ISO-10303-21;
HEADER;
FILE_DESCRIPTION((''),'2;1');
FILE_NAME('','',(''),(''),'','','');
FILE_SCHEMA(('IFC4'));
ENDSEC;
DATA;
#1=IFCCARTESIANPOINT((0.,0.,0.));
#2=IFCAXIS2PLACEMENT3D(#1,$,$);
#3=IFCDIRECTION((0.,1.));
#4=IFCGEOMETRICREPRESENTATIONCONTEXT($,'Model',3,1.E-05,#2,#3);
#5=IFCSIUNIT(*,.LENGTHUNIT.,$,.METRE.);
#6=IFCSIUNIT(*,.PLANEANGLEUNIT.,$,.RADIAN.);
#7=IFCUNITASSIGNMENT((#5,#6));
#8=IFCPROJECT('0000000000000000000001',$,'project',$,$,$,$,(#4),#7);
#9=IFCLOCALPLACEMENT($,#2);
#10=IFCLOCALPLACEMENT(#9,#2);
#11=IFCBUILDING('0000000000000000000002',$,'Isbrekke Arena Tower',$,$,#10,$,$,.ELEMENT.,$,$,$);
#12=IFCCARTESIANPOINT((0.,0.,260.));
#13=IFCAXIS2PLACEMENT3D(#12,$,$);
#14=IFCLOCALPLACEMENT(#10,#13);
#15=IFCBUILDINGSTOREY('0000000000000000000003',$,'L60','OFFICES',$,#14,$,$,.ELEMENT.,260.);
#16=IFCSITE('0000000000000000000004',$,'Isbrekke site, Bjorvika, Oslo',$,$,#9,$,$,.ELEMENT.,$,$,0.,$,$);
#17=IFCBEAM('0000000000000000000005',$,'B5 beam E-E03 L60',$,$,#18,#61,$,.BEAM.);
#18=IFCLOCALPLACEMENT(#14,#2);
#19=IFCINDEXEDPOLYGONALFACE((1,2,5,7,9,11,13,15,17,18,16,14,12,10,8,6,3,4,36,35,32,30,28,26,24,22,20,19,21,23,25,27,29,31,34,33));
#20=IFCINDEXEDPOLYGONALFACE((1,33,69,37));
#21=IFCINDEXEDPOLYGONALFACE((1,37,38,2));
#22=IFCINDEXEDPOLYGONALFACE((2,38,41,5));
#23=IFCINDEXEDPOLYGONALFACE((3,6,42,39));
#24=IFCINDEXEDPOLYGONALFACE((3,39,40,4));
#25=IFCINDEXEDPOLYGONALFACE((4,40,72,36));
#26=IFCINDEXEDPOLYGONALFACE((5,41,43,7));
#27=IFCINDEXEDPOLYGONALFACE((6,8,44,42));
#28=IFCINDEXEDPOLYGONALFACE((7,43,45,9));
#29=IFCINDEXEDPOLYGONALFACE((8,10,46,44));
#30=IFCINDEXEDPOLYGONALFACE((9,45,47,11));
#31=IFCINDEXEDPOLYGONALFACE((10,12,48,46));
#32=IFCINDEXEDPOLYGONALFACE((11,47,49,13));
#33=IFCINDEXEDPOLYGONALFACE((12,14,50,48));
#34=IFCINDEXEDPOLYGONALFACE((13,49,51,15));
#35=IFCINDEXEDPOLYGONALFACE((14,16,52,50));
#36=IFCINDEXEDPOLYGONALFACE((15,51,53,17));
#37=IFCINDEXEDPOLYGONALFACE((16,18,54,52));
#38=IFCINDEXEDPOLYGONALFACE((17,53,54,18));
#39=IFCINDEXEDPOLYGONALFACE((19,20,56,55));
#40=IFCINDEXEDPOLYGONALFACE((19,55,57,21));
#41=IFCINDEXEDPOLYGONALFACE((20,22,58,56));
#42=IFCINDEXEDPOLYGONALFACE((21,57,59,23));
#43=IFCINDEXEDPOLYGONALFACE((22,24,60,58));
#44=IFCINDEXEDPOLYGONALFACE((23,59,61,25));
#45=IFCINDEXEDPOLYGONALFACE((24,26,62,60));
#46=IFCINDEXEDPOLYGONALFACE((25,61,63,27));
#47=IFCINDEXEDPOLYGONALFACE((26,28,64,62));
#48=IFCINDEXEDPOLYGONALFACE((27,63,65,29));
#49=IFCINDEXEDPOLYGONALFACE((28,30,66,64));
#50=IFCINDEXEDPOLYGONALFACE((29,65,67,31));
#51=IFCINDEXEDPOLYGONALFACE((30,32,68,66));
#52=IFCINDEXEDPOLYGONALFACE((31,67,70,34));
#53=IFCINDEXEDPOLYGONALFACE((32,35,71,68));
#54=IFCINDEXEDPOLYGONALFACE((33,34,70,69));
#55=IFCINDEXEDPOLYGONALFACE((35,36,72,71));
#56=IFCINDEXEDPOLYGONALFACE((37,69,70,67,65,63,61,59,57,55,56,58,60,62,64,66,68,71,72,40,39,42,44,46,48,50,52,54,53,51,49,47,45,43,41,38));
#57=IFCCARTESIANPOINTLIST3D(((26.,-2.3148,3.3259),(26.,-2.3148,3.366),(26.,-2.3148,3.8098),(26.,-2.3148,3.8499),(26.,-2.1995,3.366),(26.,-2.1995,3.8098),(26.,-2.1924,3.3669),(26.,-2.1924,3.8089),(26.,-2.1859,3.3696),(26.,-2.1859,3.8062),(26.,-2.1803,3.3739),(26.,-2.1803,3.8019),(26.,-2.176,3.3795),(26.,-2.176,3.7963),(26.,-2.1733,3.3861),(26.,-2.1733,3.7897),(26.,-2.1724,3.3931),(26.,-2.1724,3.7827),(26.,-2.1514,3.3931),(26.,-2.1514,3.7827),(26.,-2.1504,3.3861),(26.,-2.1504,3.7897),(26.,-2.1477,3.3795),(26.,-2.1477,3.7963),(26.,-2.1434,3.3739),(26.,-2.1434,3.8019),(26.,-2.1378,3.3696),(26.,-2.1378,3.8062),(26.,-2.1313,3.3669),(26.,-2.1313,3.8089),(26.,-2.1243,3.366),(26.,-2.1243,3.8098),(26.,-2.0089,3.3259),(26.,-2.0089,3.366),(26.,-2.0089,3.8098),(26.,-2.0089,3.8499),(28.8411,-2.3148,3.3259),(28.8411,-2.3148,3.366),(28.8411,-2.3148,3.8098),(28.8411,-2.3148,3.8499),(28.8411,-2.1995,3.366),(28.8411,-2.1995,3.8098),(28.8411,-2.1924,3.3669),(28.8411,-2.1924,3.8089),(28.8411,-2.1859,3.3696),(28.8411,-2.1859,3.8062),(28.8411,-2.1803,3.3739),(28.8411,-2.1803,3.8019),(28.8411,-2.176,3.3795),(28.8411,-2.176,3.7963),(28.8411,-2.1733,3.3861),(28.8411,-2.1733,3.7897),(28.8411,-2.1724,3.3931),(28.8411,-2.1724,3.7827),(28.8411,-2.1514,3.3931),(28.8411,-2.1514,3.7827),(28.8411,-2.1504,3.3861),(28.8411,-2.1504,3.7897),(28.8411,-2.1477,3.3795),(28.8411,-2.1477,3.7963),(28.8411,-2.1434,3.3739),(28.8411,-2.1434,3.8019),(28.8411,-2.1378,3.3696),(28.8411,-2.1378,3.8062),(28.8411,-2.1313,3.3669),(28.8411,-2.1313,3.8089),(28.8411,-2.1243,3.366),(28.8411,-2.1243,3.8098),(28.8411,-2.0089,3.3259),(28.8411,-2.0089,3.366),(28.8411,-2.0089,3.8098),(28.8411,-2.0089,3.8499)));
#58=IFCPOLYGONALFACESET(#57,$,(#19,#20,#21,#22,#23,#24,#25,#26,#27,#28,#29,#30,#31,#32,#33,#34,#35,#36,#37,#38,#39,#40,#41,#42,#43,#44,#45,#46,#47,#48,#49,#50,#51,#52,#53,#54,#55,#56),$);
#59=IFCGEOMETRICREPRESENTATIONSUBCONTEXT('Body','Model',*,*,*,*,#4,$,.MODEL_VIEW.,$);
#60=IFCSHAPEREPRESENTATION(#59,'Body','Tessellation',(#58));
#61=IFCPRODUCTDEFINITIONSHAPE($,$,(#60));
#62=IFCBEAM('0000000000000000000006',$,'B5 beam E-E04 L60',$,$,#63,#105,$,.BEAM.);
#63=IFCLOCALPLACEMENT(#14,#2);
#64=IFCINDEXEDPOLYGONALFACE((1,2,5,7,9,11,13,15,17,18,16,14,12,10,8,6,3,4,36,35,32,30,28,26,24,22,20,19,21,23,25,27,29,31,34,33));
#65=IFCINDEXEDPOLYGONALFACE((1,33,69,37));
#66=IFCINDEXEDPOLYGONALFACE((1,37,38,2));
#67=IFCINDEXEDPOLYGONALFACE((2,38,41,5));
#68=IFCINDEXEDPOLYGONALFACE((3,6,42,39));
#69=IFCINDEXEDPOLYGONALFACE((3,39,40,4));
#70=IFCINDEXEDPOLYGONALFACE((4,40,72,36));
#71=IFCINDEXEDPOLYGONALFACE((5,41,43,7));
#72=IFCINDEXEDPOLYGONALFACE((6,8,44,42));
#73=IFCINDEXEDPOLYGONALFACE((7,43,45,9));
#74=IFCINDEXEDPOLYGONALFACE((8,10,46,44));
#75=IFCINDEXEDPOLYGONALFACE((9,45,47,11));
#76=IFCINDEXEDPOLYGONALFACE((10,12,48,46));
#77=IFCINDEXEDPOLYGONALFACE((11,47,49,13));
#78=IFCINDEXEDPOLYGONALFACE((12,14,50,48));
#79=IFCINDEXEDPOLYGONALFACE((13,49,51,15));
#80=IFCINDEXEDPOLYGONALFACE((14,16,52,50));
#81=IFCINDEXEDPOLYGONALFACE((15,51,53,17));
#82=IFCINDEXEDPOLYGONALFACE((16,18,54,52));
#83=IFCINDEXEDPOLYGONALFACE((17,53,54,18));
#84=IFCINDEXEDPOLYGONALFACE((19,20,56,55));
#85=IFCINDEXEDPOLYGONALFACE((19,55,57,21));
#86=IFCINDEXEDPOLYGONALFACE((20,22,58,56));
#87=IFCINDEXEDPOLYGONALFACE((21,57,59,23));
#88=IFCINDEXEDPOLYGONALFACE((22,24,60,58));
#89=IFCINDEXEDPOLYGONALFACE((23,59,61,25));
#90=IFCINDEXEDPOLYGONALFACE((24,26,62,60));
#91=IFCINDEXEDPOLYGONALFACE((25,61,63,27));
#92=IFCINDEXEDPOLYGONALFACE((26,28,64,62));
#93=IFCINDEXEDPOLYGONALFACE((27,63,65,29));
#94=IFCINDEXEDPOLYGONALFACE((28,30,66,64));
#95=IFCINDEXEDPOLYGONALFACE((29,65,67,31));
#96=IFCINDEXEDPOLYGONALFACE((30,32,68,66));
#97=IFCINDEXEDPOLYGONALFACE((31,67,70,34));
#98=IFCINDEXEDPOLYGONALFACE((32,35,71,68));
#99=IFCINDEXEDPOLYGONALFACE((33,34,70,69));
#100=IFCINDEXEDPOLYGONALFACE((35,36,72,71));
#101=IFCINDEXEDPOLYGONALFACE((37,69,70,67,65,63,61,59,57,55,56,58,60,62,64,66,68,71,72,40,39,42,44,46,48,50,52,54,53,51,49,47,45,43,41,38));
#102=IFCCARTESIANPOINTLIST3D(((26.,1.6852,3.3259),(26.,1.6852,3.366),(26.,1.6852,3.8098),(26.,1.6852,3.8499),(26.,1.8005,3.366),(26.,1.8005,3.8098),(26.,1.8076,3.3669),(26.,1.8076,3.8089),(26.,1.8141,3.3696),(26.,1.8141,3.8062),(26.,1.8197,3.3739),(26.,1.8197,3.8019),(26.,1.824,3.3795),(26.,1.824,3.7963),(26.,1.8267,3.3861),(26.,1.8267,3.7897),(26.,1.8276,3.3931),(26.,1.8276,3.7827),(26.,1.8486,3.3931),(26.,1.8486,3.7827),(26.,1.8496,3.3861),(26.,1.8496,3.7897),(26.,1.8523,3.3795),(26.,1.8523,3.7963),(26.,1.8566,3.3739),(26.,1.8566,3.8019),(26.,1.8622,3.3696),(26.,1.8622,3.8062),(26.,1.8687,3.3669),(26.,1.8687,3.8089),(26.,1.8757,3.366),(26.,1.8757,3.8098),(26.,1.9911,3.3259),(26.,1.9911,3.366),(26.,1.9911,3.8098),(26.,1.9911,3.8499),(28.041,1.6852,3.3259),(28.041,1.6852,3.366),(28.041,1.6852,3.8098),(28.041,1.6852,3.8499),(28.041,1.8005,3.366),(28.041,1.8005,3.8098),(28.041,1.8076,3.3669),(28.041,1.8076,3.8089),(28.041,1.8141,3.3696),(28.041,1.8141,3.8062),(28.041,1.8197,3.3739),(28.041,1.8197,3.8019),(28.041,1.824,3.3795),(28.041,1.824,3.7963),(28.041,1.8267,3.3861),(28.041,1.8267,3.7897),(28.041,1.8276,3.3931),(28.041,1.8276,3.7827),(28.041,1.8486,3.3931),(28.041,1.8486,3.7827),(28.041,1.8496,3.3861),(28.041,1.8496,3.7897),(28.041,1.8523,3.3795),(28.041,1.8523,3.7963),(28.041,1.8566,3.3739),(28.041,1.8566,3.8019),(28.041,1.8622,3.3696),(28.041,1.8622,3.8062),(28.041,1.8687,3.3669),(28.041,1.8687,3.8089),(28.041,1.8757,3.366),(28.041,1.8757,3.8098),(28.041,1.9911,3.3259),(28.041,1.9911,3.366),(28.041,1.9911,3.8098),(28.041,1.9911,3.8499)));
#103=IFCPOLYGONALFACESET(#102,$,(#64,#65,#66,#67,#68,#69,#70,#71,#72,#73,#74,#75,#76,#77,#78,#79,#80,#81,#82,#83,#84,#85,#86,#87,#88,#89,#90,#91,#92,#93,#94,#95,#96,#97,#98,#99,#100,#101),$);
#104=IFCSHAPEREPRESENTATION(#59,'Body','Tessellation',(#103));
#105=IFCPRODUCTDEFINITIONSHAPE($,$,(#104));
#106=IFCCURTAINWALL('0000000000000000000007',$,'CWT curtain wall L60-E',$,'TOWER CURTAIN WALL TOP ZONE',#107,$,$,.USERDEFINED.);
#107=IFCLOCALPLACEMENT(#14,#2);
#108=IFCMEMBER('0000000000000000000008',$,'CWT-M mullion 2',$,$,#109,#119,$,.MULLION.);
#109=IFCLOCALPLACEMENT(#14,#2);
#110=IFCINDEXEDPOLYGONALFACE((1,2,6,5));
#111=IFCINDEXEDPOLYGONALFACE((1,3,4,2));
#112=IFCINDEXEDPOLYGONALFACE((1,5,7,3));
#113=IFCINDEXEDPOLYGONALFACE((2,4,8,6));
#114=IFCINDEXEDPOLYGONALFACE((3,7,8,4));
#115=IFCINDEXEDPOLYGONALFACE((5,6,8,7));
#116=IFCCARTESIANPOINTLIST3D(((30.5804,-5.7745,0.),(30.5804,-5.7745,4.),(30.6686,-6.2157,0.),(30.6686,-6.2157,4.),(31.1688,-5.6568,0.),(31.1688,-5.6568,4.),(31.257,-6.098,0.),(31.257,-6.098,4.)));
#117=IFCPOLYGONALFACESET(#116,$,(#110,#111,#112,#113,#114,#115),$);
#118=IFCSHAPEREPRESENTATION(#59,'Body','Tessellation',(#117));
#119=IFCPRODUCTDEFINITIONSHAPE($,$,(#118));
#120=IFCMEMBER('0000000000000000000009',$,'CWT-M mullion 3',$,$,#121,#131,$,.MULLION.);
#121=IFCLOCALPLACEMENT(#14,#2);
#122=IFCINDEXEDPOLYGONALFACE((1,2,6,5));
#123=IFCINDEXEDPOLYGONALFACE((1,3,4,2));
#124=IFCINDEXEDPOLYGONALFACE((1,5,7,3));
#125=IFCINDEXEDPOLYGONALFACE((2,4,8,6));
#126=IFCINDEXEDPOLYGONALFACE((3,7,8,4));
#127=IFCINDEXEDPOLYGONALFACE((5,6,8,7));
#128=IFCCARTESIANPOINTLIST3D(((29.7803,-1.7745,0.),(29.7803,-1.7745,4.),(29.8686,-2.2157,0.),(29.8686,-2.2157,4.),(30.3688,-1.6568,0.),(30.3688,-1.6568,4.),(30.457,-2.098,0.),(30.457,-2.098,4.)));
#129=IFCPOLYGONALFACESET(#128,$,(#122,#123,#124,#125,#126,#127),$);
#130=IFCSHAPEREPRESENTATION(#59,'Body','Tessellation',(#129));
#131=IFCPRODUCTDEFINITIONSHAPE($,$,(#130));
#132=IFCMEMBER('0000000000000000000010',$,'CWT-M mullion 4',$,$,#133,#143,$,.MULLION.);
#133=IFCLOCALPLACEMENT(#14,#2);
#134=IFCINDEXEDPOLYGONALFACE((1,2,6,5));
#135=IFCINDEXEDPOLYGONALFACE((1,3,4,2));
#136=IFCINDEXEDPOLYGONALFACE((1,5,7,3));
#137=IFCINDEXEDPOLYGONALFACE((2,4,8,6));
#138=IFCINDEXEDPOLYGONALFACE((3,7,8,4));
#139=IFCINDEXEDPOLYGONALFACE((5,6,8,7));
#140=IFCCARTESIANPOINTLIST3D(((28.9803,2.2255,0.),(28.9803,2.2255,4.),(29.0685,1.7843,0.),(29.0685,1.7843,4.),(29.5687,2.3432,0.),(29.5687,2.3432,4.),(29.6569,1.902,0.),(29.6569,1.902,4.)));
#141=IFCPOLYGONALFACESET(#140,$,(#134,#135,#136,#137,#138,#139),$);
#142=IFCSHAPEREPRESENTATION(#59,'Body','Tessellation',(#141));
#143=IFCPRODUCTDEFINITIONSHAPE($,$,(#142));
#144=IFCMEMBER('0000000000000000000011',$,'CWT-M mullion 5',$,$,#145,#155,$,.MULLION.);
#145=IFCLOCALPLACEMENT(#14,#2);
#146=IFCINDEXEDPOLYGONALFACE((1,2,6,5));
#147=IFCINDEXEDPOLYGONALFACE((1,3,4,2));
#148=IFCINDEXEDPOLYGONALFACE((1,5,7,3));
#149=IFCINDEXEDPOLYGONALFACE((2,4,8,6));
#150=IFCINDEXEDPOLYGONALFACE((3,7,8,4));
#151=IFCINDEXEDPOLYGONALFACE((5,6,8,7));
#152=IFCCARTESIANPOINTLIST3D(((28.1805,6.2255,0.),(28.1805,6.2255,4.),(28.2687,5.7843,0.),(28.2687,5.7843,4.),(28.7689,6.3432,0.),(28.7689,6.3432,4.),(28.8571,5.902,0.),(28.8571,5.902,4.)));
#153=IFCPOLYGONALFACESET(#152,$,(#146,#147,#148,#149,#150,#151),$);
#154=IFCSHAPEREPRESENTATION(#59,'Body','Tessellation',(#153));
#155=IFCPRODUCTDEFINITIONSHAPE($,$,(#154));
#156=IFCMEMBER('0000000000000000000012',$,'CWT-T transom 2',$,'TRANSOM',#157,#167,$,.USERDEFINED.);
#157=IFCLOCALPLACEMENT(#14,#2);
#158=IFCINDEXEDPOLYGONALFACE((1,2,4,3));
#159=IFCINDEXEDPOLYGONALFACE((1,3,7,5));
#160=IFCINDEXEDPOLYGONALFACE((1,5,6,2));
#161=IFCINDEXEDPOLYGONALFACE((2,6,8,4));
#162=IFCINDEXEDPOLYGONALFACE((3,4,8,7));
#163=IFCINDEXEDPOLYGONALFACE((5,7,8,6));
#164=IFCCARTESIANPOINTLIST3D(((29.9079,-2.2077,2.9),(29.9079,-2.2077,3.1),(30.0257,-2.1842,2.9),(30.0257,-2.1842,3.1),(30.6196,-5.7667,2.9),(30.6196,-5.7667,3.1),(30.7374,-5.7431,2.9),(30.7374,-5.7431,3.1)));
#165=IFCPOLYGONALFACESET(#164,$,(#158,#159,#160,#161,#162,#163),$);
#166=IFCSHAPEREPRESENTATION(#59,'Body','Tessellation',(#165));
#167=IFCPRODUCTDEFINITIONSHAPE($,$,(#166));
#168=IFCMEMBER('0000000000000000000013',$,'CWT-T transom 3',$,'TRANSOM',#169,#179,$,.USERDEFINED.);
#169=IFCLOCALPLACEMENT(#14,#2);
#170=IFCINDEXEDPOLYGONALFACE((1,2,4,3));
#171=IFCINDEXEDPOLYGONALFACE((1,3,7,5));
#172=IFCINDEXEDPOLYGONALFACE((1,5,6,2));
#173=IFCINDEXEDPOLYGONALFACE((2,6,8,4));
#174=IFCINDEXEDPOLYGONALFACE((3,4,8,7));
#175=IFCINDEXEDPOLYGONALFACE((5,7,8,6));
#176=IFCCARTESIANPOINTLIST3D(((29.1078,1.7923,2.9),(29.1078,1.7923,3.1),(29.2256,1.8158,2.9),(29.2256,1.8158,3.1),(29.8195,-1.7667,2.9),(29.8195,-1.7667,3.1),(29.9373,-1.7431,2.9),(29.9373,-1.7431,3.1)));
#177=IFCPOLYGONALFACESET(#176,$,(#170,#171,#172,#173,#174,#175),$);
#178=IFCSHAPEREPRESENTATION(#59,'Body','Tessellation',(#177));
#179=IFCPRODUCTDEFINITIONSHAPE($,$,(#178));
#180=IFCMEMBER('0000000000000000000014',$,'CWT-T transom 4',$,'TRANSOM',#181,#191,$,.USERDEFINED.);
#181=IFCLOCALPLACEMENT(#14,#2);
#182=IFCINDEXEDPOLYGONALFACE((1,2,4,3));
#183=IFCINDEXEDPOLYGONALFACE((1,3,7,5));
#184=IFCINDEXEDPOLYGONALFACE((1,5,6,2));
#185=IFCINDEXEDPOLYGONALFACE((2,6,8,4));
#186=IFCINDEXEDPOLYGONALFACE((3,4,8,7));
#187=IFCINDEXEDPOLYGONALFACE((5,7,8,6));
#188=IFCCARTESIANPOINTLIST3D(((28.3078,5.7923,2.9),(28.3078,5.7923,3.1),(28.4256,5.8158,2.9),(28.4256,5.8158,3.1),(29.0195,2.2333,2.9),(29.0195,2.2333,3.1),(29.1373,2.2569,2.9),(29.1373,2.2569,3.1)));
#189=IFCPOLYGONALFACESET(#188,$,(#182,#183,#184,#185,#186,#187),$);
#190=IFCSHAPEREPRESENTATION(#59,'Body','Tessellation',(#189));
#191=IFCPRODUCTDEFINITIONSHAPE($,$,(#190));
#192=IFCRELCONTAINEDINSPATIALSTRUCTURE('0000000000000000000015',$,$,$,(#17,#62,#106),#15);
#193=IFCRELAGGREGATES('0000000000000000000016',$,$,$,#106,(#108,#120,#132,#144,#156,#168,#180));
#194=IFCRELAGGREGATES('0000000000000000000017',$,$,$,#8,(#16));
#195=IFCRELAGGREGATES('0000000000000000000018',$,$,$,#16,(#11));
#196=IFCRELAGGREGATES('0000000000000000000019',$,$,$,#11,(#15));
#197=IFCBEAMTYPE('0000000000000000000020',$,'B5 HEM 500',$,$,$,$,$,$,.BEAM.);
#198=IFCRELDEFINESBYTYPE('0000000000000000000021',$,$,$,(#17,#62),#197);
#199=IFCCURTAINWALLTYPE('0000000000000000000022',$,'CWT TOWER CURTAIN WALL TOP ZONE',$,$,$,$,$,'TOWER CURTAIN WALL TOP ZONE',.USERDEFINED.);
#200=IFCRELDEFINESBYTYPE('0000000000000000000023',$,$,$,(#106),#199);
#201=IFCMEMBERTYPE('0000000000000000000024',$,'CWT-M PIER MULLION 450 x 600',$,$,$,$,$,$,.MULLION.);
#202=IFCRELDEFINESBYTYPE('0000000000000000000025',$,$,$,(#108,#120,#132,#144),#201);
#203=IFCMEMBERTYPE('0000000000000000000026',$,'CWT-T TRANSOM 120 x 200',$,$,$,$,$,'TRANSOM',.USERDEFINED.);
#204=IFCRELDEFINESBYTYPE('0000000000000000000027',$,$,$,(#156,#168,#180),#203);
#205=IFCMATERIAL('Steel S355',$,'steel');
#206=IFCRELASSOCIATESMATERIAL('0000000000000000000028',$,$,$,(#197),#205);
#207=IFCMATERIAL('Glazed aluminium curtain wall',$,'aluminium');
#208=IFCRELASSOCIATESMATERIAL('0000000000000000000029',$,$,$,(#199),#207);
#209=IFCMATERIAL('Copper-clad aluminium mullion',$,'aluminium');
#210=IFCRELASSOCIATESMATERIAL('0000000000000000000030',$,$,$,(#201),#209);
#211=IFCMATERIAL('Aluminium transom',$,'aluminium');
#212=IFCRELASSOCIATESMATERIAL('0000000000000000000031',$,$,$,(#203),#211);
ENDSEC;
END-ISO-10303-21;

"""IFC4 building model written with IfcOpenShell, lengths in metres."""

from ifc_helpers import new_model, si_unit, direction, frame, origin, origin_2d, place, context, subcontext, project, spatial, rectangle, i_section, extrude, material, material_profile, profile_set, type_object, element, aggregate, save


model = new_model("IFC4")

# Units and contexts
model_context = context("Model", 3, precision=1e-05, world=origin(), true_north=direction((0.0, 1.0)))
body_context = subcontext(model_context, "Body", "Model", "MODEL_VIEW")
ifc_project = project(units=[si_unit("LENGTHUNIT", "METRE"), si_unit("PLANEANGLEUNIT", "RADIAN")], contexts=[model_context])

# Site, building, storey
site_placement = place(None, origin())
site = spatial("IfcSite", under=ifc_project, at=site_placement, Name="Isbrekke site, Bjorvika, Oslo", CompositionType="ELEMENT", RefElevation=0.0)
building_placement = place(site_placement, origin())
building = spatial("IfcBuilding", under=site, at=building_placement, Name="Isbrekke Arena Tower", CompositionType="ELEMENT")
storey_placement = place(building_placement, frame((0.0, 0.0, 260.0)))
storey = spatial("IfcBuildingStorey", under=building, at=storey_placement, Name="L60", Description="OFFICES", CompositionType="ELEMENT", Elevation=260.0)

# Beams
ifc_material_1 = material(Name="Steel S355", Category="steel")
ifc_material_profile_1 = material_profile(ifc_material_1, i_section(OverallWidth=0.3059, OverallDepth=0.5239, WebThickness=0.021, FlangeThickness=0.04, FilletRadius=0.0271, at=origin_2d()), Name="HEM 500")
ifc_profile_set_1 = profile_set([ifc_material_profile_1], Name="Steel S355")
beam_type_1 = type_object("IfcBeamType", Name="B5 HEM 500", PredefinedType="BEAM", material=ifc_profile_set_1)
beam_1_placement = place(storey_placement, frame((28.8411, -2.1619, 3.5879), z_axis=(-1.0, 0.0, 0.0), x_axis=(0.0, -1.0, 0.0)))
element("IfcBeam", 1, at=beam_1_placement, inside=storey, type_object=beam_type_1, Name="B5 beam E-E03 L60", PredefinedType="BEAM", context=body_context, shape_type="SweptSolid", body=[
    extrude(i_section(OverallWidth=0.3059, OverallDepth=0.5239, WebThickness=0.021, FlangeThickness=0.04, FilletRadius=0.0271, at=origin_2d()), origin(), (0.0, 0.0, 1.0), 2.8411),
])
beam_2_placement = place(storey_placement, frame((28.041, 1.8381, 3.5879), z_axis=(-1.0, 0.0, 0.0), x_axis=(0.0, -1.0, 0.0)))
element("IfcBeam", 2, at=beam_2_placement, inside=storey, type_object=beam_type_1, Name="B5 beam E-E04 L60", PredefinedType="BEAM", context=body_context, shape_type="SweptSolid", body=[
    extrude(i_section(OverallWidth=0.3059, OverallDepth=0.5239, WebThickness=0.021, FlangeThickness=0.04, FilletRadius=0.0271, at=origin_2d()), origin(), (0.0, 0.0, 1.0), 2.041),
])

# Curtain wall, members
ifc_material_2 = material(Name="Glazed aluminium curtain wall", Category="aluminium")
curtain_wall_type = type_object("IfcCurtainWallType", Name="CWT TOWER CURTAIN WALL TOP ZONE", ElementType="TOWER CURTAIN WALL TOP ZONE", PredefinedType="USERDEFINED", material=ifc_material_2)
curtain_wall_placement = place(storey_placement, origin())
curtain_wall = element("IfcCurtainWall", 3, at=curtain_wall_placement, inside=storey, type_object=curtain_wall_type, Name="CWT curtain wall L60-E", ObjectType="TOWER CURTAIN WALL TOP ZONE", PredefinedType="USERDEFINED")
ifc_material_3 = material(Name="Copper-clad aluminium mullion", Category="aluminium")
ifc_material_profile_2 = material_profile(ifc_material_3, rectangle(XDim=0.45, YDim=0.6001, at=origin_2d()), Name="PIER 450X600")
ifc_profile_set_2 = profile_set([ifc_material_profile_2], Name="Copper-clad aluminium mullion")
member_type_1 = type_object("IfcMemberType", Name="CWT-M PIER MULLION 450 x 600", PredefinedType="MULLION", material=ifc_profile_set_2)
member_1_placement = place(storey_placement, frame((30.9187, -5.9363, 0.0), z_axis=(0.0, 0.0, 1.0), x_axis=(-0.196116, 0.980581, 0.0)))
member_1 = element("IfcMember", 4, at=member_1_placement, type_object=member_type_1, Name="CWT-M mullion 2", PredefinedType="MULLION", context=body_context, shape_type="SweptSolid", body=[
    extrude(rectangle(XDim=0.45, YDim=0.6001, at=origin_2d()), origin(), (0.0, 0.0, 1.0), 4.0),
])
member_2_placement = place(storey_placement, frame((30.1187, -1.9363, 0.0), z_axis=(0.0, 0.0, 1.0), x_axis=(-0.196116, 0.980581, 0.0)))
member_2 = element("IfcMember", 5, at=member_2_placement, type_object=member_type_1, Name="CWT-M mullion 3", PredefinedType="MULLION", context=body_context, shape_type="SweptSolid", body=[
    extrude(rectangle(XDim=0.45, YDim=0.6001, at=origin_2d()), origin(), (0.0, 0.0, 1.0), 4.0),
])
member_3_placement = place(storey_placement, frame((29.3186, 2.0637, 0.0), z_axis=(0.0, 0.0, 1.0), x_axis=(-0.196116, 0.980581, 0.0)))
member_3 = element("IfcMember", 6, at=member_3_placement, type_object=member_type_1, Name="CWT-M mullion 4", PredefinedType="MULLION", context=body_context, shape_type="SweptSolid", body=[
    extrude(rectangle(XDim=0.45, YDim=0.6001, at=origin_2d()), origin(), (0.0, 0.0, 1.0), 4.0),
])
member_4_placement = place(storey_placement, frame((28.5188, 6.0637, 0.0), z_axis=(0.0, 0.0, 1.0), x_axis=(-0.196116, 0.980581, 0.0)))
member_4 = element("IfcMember", 7, at=member_4_placement, type_object=member_type_1, Name="CWT-M mullion 5", PredefinedType="MULLION", context=body_context, shape_type="SweptSolid", body=[
    extrude(rectangle(XDim=0.45, YDim=0.6001, at=origin_2d()), origin(), (0.0, 0.0, 1.0), 4.0),
])
ifc_material_4 = material(Name="Aluminium transom", Category="aluminium")
ifc_material_profile_3 = material_profile(ifc_material_4, rectangle(XDim=0.1201, YDim=0.2, at=origin_2d()), Name="TRANSOM 120X200")
ifc_profile_set_3 = profile_set([ifc_material_profile_3], Name="Aluminium transom")
member_type_2 = type_object("IfcMemberType", Name="CWT-T TRANSOM 120 x 200", ElementType="TRANSOM", PredefinedType="USERDEFINED", material=ifc_profile_set_3)
member_5_placement = place(storey_placement, frame((30.6785, -5.7549, 3.0), z_axis=(-0.19609, 0.980586, 0.0), x_axis=(-0.980586, -0.19609, 0.0)))
member_5 = element("IfcMember", 8, at=member_5_placement, type_object=member_type_2, Name="CWT-T transom 2", ObjectType="TRANSOM", PredefinedType="USERDEFINED", context=body_context, shape_type="SweptSolid", body=[
    extrude(rectangle(XDim=0.1201, YDim=0.2, at=origin_2d()), origin(), (0.0, 0.0, 1.0), 3.6294),
])
member_6_placement = place(storey_placement, frame((29.8784, -1.7549, 3.0), z_axis=(-0.19609, 0.980586, 0.0), x_axis=(-0.980586, -0.19609, 0.0)))
member_6 = element("IfcMember", 9, at=member_6_placement, type_object=member_type_2, Name="CWT-T transom 3", ObjectType="TRANSOM", PredefinedType="USERDEFINED", context=body_context, shape_type="SweptSolid", body=[
    extrude(rectangle(XDim=0.1201, YDim=0.2, at=origin_2d()), origin(), (0.0, 0.0, 1.0), 3.6294),
])
member_7_placement = place(storey_placement, frame((29.0784, 2.2451, 3.0), z_axis=(-0.19609, 0.980586, 0.0), x_axis=(-0.980586, -0.19609, 0.0)))
member_7 = element("IfcMember", 10, at=member_7_placement, type_object=member_type_2, Name="CWT-T transom 4", ObjectType="TRANSOM", PredefinedType="USERDEFINED", context=body_context, shape_type="SweptSolid", body=[
    extrude(rectangle(XDim=0.1201, YDim=0.2, at=origin_2d()), origin(), (0.0, 0.0, 1.0), 3.6294),
])

aggregate(curtain_wall, [member_1, member_2, member_3, member_4, member_5, member_6, member_7])

save(model, "model.ifc")
